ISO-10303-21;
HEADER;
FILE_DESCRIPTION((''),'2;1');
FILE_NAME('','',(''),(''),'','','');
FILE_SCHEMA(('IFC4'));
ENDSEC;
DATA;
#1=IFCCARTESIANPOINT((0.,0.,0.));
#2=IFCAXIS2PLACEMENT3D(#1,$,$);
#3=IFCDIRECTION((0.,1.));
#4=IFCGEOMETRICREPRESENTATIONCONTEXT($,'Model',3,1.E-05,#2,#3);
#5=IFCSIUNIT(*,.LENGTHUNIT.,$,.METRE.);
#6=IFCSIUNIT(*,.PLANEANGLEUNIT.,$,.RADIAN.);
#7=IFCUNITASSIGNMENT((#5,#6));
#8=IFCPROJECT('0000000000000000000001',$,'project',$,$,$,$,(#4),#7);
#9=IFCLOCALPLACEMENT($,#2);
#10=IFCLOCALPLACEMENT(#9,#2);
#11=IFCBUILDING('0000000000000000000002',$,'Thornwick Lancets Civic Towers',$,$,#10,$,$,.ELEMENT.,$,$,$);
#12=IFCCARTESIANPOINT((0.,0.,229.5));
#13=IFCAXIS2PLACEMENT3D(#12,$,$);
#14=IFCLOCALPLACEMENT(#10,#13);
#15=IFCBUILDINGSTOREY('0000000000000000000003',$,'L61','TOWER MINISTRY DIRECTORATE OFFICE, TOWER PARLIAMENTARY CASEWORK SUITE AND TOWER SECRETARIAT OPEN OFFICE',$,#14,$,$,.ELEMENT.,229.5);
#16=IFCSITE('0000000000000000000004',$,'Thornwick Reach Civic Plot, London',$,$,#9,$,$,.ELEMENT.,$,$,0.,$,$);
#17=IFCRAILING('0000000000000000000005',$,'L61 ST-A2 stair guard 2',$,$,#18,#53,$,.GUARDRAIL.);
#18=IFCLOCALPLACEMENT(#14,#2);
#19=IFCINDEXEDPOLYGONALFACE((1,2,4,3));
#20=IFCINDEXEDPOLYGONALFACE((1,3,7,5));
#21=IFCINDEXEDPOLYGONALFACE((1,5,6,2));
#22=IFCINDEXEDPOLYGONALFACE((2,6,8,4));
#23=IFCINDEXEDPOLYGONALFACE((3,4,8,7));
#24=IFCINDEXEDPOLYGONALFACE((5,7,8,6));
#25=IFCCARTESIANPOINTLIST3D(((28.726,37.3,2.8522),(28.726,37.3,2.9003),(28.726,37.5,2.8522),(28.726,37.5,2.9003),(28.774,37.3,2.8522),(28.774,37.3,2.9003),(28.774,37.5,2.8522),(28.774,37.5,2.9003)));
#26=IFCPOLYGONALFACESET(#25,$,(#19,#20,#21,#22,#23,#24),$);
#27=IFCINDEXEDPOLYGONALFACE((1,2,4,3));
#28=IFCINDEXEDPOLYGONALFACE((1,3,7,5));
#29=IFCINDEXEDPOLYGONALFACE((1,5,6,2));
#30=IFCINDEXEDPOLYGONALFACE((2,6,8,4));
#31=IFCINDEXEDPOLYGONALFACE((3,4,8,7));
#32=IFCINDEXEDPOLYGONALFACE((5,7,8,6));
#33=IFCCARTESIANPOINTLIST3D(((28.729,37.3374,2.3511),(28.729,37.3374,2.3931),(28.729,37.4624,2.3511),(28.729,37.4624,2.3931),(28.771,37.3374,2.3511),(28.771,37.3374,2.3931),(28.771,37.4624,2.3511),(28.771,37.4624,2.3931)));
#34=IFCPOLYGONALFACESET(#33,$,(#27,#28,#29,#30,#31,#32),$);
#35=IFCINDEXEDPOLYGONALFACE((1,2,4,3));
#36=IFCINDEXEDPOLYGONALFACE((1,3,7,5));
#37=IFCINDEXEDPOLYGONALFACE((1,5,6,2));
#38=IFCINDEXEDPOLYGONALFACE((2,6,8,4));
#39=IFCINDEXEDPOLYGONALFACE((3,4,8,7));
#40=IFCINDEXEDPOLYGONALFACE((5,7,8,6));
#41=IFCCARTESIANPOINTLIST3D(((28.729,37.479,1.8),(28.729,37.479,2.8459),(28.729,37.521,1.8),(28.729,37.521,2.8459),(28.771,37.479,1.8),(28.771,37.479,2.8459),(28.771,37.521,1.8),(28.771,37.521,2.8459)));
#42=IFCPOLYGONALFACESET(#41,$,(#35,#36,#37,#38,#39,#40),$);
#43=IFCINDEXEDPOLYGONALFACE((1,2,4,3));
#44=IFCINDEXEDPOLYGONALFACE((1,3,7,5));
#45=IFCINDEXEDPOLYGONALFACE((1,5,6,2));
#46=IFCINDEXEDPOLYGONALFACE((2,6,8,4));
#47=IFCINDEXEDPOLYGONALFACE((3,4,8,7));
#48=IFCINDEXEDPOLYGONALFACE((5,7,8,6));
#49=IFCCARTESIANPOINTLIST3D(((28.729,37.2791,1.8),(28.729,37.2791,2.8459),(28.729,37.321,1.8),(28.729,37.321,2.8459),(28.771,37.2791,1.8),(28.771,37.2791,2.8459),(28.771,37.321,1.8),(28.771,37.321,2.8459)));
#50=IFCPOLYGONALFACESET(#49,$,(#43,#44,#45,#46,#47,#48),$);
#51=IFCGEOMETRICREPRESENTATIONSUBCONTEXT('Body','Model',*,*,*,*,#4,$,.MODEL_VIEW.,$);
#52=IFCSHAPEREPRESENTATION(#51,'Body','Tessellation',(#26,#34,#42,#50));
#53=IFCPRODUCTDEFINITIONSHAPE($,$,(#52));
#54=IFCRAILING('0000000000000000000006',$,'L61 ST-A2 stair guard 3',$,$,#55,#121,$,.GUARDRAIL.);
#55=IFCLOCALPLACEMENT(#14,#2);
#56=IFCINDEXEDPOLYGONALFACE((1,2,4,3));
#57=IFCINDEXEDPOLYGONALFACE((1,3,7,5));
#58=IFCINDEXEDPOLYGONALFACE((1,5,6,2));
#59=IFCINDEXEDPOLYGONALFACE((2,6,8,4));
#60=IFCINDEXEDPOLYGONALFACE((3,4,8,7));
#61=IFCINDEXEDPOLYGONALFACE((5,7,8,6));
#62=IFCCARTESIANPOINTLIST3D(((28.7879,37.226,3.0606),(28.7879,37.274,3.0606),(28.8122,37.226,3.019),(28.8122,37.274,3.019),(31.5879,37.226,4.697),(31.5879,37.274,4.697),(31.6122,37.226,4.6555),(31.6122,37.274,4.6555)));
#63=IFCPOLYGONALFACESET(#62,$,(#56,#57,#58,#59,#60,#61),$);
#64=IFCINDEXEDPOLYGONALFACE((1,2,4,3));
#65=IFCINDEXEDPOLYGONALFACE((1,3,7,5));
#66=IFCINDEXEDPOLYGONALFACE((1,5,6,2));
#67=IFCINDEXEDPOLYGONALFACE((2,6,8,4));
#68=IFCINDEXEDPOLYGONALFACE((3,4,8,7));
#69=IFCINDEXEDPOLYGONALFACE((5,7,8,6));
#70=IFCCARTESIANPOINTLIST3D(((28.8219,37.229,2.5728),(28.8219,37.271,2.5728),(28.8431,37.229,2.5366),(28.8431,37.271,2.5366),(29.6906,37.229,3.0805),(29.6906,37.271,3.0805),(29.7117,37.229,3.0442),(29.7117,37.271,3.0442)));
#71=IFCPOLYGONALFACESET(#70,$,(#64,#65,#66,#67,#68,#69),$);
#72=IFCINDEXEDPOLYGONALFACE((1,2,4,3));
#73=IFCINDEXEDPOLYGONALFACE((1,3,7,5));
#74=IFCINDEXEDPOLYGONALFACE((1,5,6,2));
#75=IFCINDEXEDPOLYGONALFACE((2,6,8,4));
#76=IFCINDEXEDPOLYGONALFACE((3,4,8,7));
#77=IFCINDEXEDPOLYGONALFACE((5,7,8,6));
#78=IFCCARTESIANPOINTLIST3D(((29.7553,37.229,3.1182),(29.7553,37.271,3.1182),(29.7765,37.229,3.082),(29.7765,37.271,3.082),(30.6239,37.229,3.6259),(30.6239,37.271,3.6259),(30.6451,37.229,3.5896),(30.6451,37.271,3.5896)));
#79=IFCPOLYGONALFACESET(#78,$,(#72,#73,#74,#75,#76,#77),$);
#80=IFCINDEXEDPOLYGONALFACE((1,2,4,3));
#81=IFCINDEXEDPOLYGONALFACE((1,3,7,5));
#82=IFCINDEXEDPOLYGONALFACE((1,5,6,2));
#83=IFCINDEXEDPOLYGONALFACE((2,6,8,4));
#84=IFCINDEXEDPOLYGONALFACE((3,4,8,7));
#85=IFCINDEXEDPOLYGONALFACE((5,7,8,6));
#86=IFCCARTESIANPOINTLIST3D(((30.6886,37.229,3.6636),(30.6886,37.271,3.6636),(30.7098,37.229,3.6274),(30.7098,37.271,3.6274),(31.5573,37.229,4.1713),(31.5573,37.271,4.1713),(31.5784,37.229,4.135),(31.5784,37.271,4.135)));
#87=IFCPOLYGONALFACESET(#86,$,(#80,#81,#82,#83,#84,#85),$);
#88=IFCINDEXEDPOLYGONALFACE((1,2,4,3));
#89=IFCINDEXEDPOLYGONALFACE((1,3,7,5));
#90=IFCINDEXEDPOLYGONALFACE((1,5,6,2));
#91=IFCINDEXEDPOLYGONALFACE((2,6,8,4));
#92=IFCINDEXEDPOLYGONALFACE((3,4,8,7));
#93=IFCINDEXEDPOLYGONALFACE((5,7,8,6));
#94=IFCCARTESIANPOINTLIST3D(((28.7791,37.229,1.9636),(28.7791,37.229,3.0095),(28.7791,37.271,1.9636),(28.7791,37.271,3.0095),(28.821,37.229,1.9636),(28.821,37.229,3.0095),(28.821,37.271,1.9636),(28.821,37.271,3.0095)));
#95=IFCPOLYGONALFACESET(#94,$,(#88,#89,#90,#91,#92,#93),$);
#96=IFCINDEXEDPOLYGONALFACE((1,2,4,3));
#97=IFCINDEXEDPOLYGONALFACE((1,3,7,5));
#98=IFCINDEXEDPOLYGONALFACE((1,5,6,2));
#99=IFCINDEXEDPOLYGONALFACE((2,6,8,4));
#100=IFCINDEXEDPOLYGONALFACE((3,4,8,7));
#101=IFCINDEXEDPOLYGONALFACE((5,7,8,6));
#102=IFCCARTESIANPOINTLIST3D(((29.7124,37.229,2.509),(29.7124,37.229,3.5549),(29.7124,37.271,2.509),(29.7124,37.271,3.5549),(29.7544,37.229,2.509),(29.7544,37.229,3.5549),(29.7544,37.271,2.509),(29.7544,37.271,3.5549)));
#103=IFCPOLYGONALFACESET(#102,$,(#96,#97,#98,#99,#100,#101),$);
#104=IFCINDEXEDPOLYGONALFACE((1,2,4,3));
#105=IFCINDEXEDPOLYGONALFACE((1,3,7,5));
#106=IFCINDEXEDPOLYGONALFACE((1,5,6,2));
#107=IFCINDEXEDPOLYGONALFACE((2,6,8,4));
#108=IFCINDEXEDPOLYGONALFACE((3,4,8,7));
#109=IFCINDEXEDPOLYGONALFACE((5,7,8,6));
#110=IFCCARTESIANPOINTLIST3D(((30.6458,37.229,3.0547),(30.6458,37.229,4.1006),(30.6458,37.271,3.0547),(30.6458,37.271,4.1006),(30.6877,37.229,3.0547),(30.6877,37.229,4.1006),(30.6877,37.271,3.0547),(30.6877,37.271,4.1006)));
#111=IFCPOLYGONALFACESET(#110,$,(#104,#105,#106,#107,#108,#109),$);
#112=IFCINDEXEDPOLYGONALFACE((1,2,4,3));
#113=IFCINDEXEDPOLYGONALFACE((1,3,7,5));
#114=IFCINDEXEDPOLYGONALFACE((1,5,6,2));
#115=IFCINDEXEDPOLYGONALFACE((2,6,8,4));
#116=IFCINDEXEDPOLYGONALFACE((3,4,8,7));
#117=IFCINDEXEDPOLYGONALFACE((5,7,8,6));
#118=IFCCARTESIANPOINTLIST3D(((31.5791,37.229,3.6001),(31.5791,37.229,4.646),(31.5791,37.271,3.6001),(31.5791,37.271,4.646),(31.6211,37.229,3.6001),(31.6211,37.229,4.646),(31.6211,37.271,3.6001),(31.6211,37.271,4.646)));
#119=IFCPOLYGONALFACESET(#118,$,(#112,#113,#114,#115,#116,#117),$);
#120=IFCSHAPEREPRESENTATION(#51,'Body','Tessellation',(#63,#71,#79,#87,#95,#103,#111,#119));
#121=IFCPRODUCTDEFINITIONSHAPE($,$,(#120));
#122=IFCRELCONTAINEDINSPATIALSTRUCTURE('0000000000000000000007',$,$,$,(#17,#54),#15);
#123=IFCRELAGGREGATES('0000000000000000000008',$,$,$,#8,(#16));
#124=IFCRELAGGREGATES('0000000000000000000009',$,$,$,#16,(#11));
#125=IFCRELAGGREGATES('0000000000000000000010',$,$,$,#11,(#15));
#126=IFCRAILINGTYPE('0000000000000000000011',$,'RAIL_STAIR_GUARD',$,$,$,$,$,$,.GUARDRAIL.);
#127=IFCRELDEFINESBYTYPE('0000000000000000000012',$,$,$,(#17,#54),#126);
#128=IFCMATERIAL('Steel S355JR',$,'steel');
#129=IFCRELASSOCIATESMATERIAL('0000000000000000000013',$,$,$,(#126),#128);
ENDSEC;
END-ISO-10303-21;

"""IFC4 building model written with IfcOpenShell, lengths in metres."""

from ifc_helpers import new_model, si_unit, direction, frame, origin, origin_2d, place, context, subcontext, project, spatial, rectangle, extrude, material, type_object, element, save


model = new_model("IFC4")

# Units and contexts
model_context = context("Model", 3, precision=1e-05, world=origin(), true_north=direction((0.0, 1.0)))
body_context = subcontext(model_context, "Body", "Model", "MODEL_VIEW")
ifc_project = project(units=[si_unit("LENGTHUNIT", "METRE"), si_unit("PLANEANGLEUNIT", "RADIAN")], contexts=[model_context])

# Site, building, storey
site_placement = place(None, origin())
site = spatial("IfcSite", under=ifc_project, at=site_placement, Name="Thornwick Reach Civic Plot, London", CompositionType="ELEMENT", RefElevation=0.0)
building_placement = place(site_placement, origin())
building = spatial("IfcBuilding", under=site, at=building_placement, Name="Thornwick Lancets Civic Towers", CompositionType="ELEMENT")
storey_placement = place(building_placement, frame((0.0, 0.0, 229.5)))
storey = spatial("IfcBuildingStorey", under=building, at=storey_placement, Name="L61", Description="TOWER MINISTRY DIRECTORATE OFFICE, TOWER PARLIAMENTARY CASEWORK SUITE AND TOWER SECRETARIAT OPEN OFFICE", CompositionType="ELEMENT", Elevation=229.5)

# Shared definitions
ifc_material_1 = material(Name="Steel S355JR", Category="steel")

# Railings
railing_type_1 = type_object("IfcRailingType", Name="RAIL_STAIR_GUARD", PredefinedType="GUARDRAIL", material=ifc_material_1)
railing_1_placement = place(storey_placement, frame((28.75, 37.5, 1.8)))
element("IfcRailing", 1, at=railing_1_placement, inside=storey, type_object=railing_type_1, Name="L61 ST-A2 stair guard 2", PredefinedType="GUARDRAIL", context=body_context, shape_type="SweptSolid", body=[
    extrude(rectangle(XDim=0.0481, YDim=0.0481, at=origin_2d()), frame((0.0, 0.0, 1.0762), z_axis=(0.0, -1.0, 0.0), x_axis=(1.0, 0.0, 0.0)), (0.0, 0.0, 1.0), 0.2),
    extrude(rectangle(XDim=0.042, YDim=0.042, at=origin_2d()), frame((0.0, -0.0376, 0.572), z_axis=(0.0, -1.0, 0.0), x_axis=(1.0, 0.0, 0.0)), (0.0, 0.0, 1.0), 0.125),
    extrude(rectangle(XDim=0.042, YDim=0.042, at=origin_2d()), origin(), (0.0, 0.0, 1.0), 1.0459),
    extrude(rectangle(XDim=0.042, YDim=0.042, at=origin_2d()), frame((0.0, -0.2, 0.0)), (0.0, 0.0, 1.0), 1.0459),
])
railing_2_placement = place(storey_placement, frame((28.8, 37.25, 1.9636)))
element("IfcRailing", 2, at=railing_2_placement, inside=storey, type_object=railing_type_1, Name="L61 ST-A2 stair guard 3", PredefinedType="GUARDRAIL", context=body_context, shape_type="SweptSolid", body=[
    extrude(rectangle(XDim=0.0481, YDim=0.0481, at=origin_2d()), frame((0.0, 0.0, 1.0762), z_axis=(0.863361, 0.0, 0.504587), x_axis=(0.0, 1.0, 0.0)), (0.0, 0.0, 1.0), 3.2432),
    extrude(rectangle(XDim=0.042, YDim=0.042, at=origin_2d()), frame((0.0325, 0.0, 0.5911), z_axis=(0.863361, 0.0, 0.504587), x_axis=(0.0, 1.0, 0.0)), (0.0, 0.0, 1.0), 1.0061),
    extrude(rectangle(XDim=0.042, YDim=0.042, at=origin_2d()), frame((0.9658, 0.0, 1.1365), z_axis=(0.863361, 0.0, 0.504587), x_axis=(0.0, 1.0, 0.0)), (0.0, 0.0, 1.0), 1.0061),
    extrude(rectangle(XDim=0.042, YDim=0.042, at=origin_2d()), frame((1.8992, 0.0, 1.6819), z_axis=(0.863361, 0.0, 0.504587), x_axis=(0.0, 1.0, 0.0)), (0.0, 0.0, 1.0), 1.0061),
    extrude(rectangle(XDim=0.042, YDim=0.042, at=origin_2d()), origin(), (0.0, 0.0, 1.0), 1.0459),
    extrude(rectangle(XDim=0.042, YDim=0.042, at=origin_2d()), frame((0.9333, 0.0, 0.5454)), (0.0, 0.0, 1.0), 1.0459),
    extrude(rectangle(XDim=0.042, YDim=0.042, at=origin_2d()), frame((1.8667, 0.0, 1.0911)), (0.0, 0.0, 1.0), 1.0459),
    extrude(rectangle(XDim=0.042, YDim=0.042, at=origin_2d()), frame((2.8, 0.0, 1.6365)), (0.0, 0.0, 1.0), 1.0459),
])

save(model, "model.ifc")
